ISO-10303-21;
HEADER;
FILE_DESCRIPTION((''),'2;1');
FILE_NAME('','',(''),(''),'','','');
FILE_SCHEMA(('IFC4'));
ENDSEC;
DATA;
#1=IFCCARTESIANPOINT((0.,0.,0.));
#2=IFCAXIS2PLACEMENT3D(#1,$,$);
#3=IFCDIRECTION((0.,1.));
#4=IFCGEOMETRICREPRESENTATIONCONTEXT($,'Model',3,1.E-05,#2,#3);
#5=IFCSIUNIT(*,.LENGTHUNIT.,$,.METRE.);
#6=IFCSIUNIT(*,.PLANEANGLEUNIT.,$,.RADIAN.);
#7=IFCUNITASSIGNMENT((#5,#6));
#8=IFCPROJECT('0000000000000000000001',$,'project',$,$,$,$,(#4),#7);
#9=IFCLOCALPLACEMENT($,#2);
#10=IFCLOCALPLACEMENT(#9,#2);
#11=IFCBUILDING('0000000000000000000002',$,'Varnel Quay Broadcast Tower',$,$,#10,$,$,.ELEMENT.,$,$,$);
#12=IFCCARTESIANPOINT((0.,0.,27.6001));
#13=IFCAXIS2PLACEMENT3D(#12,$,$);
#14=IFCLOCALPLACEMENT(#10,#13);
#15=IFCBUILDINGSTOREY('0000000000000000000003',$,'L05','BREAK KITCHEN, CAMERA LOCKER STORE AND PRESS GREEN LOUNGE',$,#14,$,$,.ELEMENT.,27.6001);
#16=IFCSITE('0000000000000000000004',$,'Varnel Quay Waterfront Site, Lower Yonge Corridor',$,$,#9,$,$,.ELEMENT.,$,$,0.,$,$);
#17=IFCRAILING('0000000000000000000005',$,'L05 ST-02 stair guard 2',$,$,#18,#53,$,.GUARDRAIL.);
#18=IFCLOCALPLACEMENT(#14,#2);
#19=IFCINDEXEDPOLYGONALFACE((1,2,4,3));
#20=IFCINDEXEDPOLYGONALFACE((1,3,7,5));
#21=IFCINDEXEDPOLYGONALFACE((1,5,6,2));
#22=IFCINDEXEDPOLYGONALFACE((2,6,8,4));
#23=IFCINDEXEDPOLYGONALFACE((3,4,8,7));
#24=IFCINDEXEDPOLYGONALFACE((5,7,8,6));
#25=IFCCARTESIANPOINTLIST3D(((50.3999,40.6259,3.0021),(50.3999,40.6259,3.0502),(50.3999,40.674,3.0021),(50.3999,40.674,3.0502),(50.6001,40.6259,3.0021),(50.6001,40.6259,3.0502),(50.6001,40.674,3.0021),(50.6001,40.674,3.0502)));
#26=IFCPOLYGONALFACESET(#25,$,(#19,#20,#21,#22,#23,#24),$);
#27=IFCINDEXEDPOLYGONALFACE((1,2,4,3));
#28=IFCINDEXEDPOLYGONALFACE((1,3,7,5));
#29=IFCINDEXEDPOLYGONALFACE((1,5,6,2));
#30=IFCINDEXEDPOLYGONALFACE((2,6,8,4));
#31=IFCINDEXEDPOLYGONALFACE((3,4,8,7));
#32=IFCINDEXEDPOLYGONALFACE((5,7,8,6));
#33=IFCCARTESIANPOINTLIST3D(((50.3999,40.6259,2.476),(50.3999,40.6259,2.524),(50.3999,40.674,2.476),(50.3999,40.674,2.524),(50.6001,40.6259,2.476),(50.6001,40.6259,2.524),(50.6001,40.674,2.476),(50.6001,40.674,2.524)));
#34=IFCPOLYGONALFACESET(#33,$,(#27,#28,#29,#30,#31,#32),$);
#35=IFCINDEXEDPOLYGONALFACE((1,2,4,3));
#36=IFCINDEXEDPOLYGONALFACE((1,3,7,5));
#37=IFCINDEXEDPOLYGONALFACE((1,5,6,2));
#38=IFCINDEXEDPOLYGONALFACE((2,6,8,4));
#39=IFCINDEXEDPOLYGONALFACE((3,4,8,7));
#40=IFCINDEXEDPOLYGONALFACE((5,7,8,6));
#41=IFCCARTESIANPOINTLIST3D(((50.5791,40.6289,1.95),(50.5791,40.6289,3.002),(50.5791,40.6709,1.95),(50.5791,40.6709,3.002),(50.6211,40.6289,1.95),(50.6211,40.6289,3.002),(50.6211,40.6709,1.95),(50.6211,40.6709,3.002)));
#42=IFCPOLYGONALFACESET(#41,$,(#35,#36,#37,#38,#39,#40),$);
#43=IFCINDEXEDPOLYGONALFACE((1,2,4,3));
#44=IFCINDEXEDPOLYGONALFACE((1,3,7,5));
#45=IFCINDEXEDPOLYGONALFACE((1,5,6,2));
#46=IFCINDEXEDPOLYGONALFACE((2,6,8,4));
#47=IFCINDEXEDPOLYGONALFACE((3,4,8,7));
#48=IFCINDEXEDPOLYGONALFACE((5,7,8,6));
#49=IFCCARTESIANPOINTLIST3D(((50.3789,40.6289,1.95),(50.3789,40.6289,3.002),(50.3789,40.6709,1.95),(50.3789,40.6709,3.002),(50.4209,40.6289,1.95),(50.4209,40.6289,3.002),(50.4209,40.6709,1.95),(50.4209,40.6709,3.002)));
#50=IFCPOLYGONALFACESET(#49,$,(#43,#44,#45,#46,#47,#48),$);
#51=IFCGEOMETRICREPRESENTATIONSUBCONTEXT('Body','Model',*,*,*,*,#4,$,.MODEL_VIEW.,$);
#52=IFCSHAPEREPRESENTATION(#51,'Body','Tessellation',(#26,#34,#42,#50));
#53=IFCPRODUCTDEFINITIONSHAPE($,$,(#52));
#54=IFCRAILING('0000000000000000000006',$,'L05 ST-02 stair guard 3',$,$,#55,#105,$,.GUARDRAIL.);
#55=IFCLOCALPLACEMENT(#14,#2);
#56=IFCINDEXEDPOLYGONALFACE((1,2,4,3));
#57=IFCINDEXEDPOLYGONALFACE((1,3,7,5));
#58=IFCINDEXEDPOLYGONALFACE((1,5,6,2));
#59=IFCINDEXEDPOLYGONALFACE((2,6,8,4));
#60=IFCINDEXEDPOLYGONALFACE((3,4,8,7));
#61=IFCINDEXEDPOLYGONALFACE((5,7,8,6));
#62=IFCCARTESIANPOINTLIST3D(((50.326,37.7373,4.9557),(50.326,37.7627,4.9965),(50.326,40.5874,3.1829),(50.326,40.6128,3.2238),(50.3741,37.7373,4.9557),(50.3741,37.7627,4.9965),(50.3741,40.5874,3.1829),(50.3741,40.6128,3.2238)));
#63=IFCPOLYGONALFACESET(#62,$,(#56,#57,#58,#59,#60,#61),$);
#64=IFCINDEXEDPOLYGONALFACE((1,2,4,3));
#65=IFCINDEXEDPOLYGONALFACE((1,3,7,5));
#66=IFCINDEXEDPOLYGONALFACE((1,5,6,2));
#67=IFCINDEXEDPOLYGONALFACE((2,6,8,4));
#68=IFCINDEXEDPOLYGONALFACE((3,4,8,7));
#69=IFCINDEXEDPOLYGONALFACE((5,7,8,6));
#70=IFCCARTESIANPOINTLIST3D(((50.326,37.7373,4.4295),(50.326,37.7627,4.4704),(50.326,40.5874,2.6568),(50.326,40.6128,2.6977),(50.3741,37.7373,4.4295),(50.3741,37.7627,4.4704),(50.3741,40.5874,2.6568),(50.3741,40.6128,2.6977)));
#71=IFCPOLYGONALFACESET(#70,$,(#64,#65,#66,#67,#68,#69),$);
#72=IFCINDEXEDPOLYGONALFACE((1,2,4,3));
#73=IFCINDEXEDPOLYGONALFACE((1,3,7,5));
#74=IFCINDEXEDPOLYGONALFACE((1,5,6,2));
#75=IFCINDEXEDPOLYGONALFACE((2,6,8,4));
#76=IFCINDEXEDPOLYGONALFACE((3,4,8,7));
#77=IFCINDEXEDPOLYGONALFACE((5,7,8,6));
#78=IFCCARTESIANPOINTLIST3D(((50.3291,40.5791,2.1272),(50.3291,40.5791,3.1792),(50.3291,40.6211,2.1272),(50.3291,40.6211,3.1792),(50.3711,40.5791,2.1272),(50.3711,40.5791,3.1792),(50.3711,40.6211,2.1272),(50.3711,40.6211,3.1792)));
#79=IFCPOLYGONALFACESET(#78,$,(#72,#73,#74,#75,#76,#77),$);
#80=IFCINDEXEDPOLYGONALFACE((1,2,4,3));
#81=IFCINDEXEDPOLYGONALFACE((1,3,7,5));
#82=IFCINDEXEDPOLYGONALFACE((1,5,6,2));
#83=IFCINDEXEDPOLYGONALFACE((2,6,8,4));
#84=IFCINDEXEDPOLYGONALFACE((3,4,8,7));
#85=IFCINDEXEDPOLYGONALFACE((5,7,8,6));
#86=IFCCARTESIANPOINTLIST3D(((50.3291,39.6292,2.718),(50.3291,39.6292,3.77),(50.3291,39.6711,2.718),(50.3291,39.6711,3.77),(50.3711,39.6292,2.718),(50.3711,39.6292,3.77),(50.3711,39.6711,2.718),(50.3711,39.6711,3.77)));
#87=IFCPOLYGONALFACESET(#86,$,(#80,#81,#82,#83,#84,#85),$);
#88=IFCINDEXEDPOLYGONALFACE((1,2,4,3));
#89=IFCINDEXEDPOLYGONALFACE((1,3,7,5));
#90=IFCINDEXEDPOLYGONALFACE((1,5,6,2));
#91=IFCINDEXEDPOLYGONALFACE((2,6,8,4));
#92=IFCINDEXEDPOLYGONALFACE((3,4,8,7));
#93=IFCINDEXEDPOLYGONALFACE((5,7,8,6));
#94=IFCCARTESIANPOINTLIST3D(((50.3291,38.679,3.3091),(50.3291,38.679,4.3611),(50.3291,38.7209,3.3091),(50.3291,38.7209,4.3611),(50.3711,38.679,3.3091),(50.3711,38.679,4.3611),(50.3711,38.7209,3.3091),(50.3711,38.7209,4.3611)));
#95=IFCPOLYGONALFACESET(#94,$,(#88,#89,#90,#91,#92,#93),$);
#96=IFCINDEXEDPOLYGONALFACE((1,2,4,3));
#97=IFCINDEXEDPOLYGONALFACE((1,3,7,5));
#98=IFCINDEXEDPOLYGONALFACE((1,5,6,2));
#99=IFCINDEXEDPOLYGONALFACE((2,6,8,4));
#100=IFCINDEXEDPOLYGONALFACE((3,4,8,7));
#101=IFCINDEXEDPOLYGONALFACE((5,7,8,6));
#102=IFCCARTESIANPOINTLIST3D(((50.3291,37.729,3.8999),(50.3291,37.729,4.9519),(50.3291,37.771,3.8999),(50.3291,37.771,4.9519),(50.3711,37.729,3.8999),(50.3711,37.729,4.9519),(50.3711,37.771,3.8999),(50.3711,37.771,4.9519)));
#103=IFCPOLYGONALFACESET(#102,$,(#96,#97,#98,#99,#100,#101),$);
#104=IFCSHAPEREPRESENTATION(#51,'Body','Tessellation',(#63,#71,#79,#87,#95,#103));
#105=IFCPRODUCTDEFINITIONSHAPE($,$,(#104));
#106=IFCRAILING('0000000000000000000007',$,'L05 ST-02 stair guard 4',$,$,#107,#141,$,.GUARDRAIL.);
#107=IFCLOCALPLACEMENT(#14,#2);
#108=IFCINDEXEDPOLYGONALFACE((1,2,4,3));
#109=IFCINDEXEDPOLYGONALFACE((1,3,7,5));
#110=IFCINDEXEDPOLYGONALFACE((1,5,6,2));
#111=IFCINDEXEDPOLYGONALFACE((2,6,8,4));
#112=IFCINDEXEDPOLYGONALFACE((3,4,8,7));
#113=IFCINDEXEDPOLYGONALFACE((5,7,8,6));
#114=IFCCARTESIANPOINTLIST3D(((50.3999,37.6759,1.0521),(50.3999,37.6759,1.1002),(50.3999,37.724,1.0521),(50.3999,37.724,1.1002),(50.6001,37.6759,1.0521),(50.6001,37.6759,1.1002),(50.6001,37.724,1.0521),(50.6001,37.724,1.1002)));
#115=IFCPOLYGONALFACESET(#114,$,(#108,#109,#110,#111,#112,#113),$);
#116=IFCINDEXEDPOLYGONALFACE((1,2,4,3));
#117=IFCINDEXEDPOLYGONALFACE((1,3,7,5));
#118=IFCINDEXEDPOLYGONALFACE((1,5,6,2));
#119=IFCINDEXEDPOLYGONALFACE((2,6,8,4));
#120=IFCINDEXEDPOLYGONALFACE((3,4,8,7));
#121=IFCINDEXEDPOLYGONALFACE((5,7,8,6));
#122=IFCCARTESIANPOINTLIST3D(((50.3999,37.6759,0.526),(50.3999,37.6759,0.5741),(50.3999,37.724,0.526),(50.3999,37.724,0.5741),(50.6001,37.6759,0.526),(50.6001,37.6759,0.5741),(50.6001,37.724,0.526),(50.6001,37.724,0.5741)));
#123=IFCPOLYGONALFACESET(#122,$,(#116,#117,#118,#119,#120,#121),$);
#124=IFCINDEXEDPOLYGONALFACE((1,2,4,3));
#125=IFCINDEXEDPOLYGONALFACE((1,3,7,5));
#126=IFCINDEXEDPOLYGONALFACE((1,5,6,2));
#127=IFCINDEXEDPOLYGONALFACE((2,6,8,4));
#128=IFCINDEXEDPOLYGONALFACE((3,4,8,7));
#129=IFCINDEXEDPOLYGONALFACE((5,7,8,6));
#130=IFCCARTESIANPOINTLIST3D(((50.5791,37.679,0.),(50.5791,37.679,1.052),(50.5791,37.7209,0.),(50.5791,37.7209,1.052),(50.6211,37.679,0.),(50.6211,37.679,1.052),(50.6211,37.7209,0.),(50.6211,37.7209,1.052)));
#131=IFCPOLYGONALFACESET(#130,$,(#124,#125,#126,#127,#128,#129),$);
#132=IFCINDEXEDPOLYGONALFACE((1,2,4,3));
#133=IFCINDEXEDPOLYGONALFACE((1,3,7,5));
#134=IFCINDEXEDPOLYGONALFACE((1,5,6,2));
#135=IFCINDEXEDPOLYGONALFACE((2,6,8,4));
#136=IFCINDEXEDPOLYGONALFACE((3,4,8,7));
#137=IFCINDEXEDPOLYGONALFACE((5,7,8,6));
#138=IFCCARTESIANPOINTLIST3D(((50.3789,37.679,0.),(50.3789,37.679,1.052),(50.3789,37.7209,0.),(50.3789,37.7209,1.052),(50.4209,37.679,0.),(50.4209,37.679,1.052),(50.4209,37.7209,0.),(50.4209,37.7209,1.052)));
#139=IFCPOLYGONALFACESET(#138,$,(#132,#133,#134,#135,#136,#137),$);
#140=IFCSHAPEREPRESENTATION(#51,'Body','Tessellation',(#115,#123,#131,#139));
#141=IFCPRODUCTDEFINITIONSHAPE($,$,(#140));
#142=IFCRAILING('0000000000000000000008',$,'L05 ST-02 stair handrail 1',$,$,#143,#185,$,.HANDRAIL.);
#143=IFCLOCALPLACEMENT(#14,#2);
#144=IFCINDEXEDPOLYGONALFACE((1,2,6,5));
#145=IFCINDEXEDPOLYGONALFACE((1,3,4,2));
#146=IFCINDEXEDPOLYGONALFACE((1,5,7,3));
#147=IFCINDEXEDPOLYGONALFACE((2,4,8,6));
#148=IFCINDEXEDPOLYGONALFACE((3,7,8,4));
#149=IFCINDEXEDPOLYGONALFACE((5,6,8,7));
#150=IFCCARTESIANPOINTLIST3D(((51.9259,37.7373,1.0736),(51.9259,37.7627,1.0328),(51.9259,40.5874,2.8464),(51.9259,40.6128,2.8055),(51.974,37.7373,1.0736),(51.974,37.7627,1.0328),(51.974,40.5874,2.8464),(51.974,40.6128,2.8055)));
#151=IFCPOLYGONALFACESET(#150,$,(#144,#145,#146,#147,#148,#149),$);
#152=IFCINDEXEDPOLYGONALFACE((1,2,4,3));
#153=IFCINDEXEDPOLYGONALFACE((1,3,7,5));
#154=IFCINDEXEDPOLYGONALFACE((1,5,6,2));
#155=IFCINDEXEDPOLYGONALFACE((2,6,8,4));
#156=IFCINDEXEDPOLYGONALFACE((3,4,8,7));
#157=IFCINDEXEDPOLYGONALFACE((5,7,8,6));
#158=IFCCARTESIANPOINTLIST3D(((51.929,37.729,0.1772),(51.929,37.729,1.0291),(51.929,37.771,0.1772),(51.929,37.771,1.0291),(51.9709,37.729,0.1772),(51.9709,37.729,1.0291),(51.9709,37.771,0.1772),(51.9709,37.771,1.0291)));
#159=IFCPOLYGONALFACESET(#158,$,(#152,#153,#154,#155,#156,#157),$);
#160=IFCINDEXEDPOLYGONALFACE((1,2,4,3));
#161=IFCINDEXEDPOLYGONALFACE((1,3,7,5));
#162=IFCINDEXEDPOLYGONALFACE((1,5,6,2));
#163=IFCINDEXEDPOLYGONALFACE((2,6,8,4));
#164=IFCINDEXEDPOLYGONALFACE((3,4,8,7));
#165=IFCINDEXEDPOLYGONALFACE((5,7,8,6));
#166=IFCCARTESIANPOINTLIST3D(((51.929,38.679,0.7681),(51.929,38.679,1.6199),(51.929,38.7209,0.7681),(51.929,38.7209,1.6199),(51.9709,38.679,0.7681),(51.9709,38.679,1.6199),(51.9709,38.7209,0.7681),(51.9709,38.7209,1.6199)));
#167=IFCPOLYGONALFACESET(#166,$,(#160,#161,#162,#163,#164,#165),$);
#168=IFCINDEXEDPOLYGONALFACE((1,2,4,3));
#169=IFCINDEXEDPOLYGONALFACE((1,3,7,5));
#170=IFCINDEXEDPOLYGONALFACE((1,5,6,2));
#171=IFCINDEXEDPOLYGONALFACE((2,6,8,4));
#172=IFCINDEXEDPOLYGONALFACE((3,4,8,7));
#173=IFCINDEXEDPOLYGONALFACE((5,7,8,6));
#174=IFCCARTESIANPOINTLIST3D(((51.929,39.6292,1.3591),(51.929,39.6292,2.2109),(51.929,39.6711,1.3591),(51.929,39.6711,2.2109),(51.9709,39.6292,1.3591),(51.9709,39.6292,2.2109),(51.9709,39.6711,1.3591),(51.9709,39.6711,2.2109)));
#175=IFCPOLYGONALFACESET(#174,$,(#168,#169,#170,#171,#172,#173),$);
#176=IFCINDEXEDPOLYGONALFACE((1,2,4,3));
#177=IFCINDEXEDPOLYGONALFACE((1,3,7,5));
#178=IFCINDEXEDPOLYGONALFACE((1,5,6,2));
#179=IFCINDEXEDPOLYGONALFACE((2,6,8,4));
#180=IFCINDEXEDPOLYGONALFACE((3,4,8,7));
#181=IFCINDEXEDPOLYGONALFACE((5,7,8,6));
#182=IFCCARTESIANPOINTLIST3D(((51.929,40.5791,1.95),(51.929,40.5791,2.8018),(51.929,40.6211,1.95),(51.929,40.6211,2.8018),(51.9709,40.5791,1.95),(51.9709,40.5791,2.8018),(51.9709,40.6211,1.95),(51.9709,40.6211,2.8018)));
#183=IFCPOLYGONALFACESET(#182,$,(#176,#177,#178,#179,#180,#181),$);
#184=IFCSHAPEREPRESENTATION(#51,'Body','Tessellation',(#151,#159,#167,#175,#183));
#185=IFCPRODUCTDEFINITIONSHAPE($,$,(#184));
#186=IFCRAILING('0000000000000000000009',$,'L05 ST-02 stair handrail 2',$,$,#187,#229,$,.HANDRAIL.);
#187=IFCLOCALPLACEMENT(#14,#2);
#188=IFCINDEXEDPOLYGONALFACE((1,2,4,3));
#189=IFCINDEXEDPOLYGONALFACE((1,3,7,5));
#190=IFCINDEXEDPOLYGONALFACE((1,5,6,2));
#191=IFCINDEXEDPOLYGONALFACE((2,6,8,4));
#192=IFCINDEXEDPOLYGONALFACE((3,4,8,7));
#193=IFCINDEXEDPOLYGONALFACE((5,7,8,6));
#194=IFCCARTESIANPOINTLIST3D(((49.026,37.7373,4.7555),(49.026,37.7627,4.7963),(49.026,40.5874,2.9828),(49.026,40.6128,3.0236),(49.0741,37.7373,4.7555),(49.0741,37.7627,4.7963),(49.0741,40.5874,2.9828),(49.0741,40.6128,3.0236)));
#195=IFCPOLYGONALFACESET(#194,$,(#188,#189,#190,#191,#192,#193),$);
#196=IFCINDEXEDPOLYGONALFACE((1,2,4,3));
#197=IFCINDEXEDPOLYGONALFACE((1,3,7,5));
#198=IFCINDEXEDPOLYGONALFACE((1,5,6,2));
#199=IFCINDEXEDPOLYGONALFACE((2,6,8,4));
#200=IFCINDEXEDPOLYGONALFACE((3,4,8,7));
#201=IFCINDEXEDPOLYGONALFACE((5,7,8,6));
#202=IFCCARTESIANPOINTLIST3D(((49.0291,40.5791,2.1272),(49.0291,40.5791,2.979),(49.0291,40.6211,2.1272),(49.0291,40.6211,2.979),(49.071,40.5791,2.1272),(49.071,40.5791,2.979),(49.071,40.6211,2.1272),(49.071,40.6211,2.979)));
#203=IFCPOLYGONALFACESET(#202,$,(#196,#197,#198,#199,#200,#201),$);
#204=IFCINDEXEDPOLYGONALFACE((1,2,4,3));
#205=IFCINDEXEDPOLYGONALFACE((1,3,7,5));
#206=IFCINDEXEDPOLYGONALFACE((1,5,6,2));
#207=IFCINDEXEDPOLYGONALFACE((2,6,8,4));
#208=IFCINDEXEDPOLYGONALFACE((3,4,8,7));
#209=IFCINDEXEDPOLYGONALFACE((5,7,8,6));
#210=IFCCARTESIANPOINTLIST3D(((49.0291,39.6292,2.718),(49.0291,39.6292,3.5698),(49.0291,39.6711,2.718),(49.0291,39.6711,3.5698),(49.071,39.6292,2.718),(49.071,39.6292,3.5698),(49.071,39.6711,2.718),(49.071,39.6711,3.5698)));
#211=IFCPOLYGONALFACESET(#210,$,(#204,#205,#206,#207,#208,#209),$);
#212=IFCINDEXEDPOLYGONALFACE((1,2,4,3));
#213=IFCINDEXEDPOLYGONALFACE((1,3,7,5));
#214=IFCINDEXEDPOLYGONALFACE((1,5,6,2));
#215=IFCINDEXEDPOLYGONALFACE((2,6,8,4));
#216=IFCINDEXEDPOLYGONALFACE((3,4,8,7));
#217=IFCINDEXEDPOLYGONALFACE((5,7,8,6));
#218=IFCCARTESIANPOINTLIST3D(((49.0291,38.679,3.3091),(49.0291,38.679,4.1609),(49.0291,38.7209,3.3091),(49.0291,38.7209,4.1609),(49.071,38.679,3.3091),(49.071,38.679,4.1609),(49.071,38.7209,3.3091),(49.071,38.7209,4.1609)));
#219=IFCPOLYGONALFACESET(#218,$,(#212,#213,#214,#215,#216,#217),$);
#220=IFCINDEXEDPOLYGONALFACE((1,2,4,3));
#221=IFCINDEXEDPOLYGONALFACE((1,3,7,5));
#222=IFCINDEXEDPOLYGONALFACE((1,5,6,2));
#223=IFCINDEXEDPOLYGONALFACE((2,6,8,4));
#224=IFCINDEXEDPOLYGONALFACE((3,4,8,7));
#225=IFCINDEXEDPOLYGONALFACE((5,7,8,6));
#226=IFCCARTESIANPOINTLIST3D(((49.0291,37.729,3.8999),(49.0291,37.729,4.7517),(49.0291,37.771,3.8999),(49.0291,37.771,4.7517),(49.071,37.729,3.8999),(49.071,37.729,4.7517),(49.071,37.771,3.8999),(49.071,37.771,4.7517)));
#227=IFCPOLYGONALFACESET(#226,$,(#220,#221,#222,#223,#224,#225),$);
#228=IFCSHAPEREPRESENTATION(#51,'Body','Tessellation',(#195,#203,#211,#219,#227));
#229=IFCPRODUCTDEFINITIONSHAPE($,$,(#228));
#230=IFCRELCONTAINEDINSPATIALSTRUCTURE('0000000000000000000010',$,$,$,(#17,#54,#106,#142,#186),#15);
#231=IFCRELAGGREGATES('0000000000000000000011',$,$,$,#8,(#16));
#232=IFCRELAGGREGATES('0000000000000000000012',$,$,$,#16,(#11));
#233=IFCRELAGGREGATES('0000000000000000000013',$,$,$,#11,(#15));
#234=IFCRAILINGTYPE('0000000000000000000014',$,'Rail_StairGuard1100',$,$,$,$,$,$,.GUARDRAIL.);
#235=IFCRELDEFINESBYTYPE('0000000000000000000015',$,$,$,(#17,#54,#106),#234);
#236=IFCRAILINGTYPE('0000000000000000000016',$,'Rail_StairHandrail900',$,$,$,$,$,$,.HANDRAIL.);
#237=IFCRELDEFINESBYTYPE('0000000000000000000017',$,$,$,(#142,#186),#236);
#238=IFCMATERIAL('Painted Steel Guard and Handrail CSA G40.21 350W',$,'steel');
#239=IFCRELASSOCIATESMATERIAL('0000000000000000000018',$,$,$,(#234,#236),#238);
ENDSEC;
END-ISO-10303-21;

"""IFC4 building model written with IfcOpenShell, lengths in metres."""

from ifc_helpers import new_model, si_unit, direction, frame, origin, origin_2d, place, context, subcontext, project, spatial, rectangle, extrude, material, type_object, element, save


model = new_model("IFC4")

# Units and contexts
model_context = context("Model", 3, precision=1e-05, world=origin(), true_north=direction((0.0, 1.0)))
body_context = subcontext(model_context, "Body", "Model", "MODEL_VIEW")
ifc_project = project(units=[si_unit("LENGTHUNIT", "METRE"), si_unit("PLANEANGLEUNIT", "RADIAN")], contexts=[model_context])

# Site, building, storey
site_placement = place(None, origin())
site = spatial("IfcSite", under=ifc_project, at=site_placement, Name="Varnel Quay Waterfront Site, Lower Yonge Corridor", CompositionType="ELEMENT", RefElevation=0.0)
building_placement = place(site_placement, origin())
building = spatial("IfcBuilding", under=site, at=building_placement, Name="Varnel Quay Broadcast Tower", CompositionType="ELEMENT")
storey_placement = place(building_placement, frame((0.0, 0.0, 27.6001)))
storey = spatial("IfcBuildingStorey", under=building, at=storey_placement, Name="L05", Description="BREAK KITCHEN, CAMERA LOCKER STORE AND PRESS GREEN LOUNGE", CompositionType="ELEMENT", Elevation=27.6001)

# Railings
ifc_material_1 = material(Name="Painted Steel Guard and Handrail CSA G40.21 350W", Category="steel")
railing_type_1 = type_object("IfcRailingType", Name="Rail_StairGuard1100", PredefinedType="GUARDRAIL", material=ifc_material_1)
railing_1_placement = place(storey_placement, frame((50.6001, 40.6499, 1.95)))
element("IfcRailing", 1, at=railing_1_placement, inside=storey, type_object=railing_type_1, Name="L05 ST-02 stair guard 2", PredefinedType="GUARDRAIL", context=body_context, shape_type="SweptSolid", body=[
    extrude(rectangle(XDim=0.0481, YDim=0.0481, at=origin_2d()), frame((0.0, 0.0, 1.0762), z_axis=(-1.0, 0.0, 0.0), x_axis=(0.0, -1.0, 0.0)), (0.0, 0.0, 1.0), 0.2002),
    extrude(rectangle(XDim=0.0481, YDim=0.0481, at=origin_2d()), frame((0.0, 0.0, 0.55), z_axis=(-1.0, 0.0, 0.0), x_axis=(0.0, -1.0, 0.0)), (0.0, 0.0, 1.0), 0.2002),
    extrude(rectangle(XDim=0.042, YDim=0.042, at=origin_2d()), origin(), (0.0, 0.0, 1.0), 1.052),
    extrude(rectangle(XDim=0.042, YDim=0.042, at=origin_2d()), frame((-0.2002, 0.0, 0.0)), (0.0, 0.0, 1.0), 1.052),
])
railing_2_placement = place(storey_placement, frame((50.3501, 40.6001, 2.1272)))
element("IfcRailing", 2, at=railing_2_placement, inside=storey, type_object=railing_type_1, Name="L05 ST-02 stair guard 3", PredefinedType="GUARDRAIL", context=body_context, shape_type="SweptSolid", body=[
    extrude(rectangle(XDim=0.0481, YDim=0.0481, at=origin_2d()), frame((0.0, 0.0, 1.0762), z_axis=(0.0, -0.849149, 0.528154), x_axis=(1.0, 0.0, 0.0)), (0.0, 0.0, 1.0), 3.3564),
    extrude(rectangle(XDim=0.0481, YDim=0.0481, at=origin_2d()), frame((0.0, 0.0, 0.55), z_axis=(0.0, -0.849149, 0.528154), x_axis=(1.0, 0.0, 0.0)), (0.0, 0.0, 1.0), 3.3564),
    extrude(rectangle(XDim=0.042, YDim=0.042, at=origin_2d()), origin(), (0.0, 0.0, 1.0), 1.052),
    extrude(rectangle(XDim=0.042, YDim=0.042, at=origin_2d()), frame((0.0, -0.95, 0.5908)), (0.0, 0.0, 1.0), 1.052),
    extrude(rectangle(XDim=0.042, YDim=0.042, at=origin_2d()), frame((0.0, -1.9001, 1.1819)), (0.0, 0.0, 1.0), 1.052),
    extrude(rectangle(XDim=0.042, YDim=0.042, at=origin_2d()), frame((0.0, -2.8501, 1.7727)), (0.0, 0.0, 1.0), 1.052),
])
railing_3_placement = place(storey_placement, frame((50.6001, 37.7, 0.0)))
element("IfcRailing", 3, at=railing_3_placement, inside=storey, type_object=railing_type_1, Name="L05 ST-02 stair guard 4", PredefinedType="GUARDRAIL", context=body_context, shape_type="SweptSolid", body=[
    extrude(rectangle(XDim=0.0481, YDim=0.0481, at=origin_2d()), frame((0.0, 0.0, 1.0762), z_axis=(-1.0, 0.0, 0.0), x_axis=(0.0, -1.0, 0.0)), (0.0, 0.0, 1.0), 0.2002),
    extrude(rectangle(XDim=0.0481, YDim=0.0481, at=origin_2d()), frame((0.0, 0.0, 0.55), z_axis=(-1.0, 0.0, 0.0), x_axis=(0.0, -1.0, 0.0)), (0.0, 0.0, 1.0), 0.2002),
    extrude(rectangle(XDim=0.042, YDim=0.042, at=origin_2d()), origin(), (0.0, 0.0, 1.0), 1.052),
    extrude(rectangle(XDim=0.042, YDim=0.042, at=origin_2d()), frame((-0.2002, 0.0, 0.0)), (0.0, 0.0, 1.0), 1.052),
])
railing_type_2 = type_object("IfcRailingType", Name="Rail_StairHandrail900", PredefinedType="HANDRAIL", material=ifc_material_1)
railing_4_placement = place(storey_placement, frame((51.95, 37.75, 0.1772)))
element("IfcRailing", 4, at=railing_4_placement, inside=storey, type_object=railing_type_2, Name="L05 ST-02 stair handrail 1", PredefinedType="HANDRAIL", context=body_context, shape_type="SweptSolid", body=[
    extrude(rectangle(XDim=0.0481, YDim=0.0481, at=origin_2d()), frame((0.0, 0.0, 0.876), z_axis=(0.0, 0.849149, 0.528154), x_axis=(-1.0, 0.0, 0.0)), (0.0, 0.0, 1.0), 3.3564),
    extrude(rectangle(XDim=0.042, YDim=0.042, at=origin_2d()), origin(), (0.0, 0.0, 1.0), 0.8518),
    extrude(rectangle(XDim=0.042, YDim=0.042, at=origin_2d()), frame((0.0, 0.95, 0.5908)), (0.0, 0.0, 1.0), 0.8518),
    extrude(rectangle(XDim=0.042, YDim=0.042, at=origin_2d()), frame((0.0, 1.9001, 1.1819)), (0.0, 0.0, 1.0), 0.8518),
    extrude(rectangle(XDim=0.042, YDim=0.042, at=origin_2d()), frame((0.0, 2.8501, 1.7727)), (0.0, 0.0, 1.0), 0.8518),
])
railing_5_placement = place(storey_placement, frame((49.05, 40.6001, 2.1272)))
element("IfcRailing", 5, at=railing_5_placement, inside=storey, type_object=railing_type_2, Name="L05 ST-02 stair handrail 2", PredefinedType="HANDRAIL", context=body_context, shape_type="SweptSolid", body=[
    extrude(rectangle(XDim=0.0481, YDim=0.0481, at=origin_2d()), frame((0.0, 0.0, 0.876), z_axis=(0.0, -0.849149, 0.528154), x_axis=(1.0, 0.0, 0.0)), (0.0, 0.0, 1.0), 3.3564),
    extrude(rectangle(XDim=0.042, YDim=0.042, at=origin_2d()), origin(), (0.0, 0.0, 1.0), 0.8518),
    extrude(rectangle(XDim=0.042, YDim=0.042, at=origin_2d()), frame((0.0, -0.95, 0.5908)), (0.0, 0.0, 1.0), 0.8518),
    extrude(rectangle(XDim=0.042, YDim=0.042, at=origin_2d()), frame((0.0, -1.9001, 1.1819)), (0.0, 0.0, 1.0), 0.8518),
    extrude(rectangle(XDim=0.042, YDim=0.042, at=origin_2d()), frame((0.0, -2.8501, 1.7727)), (0.0, 0.0, 1.0), 0.8518),
])

save(model, "model.ifc")
